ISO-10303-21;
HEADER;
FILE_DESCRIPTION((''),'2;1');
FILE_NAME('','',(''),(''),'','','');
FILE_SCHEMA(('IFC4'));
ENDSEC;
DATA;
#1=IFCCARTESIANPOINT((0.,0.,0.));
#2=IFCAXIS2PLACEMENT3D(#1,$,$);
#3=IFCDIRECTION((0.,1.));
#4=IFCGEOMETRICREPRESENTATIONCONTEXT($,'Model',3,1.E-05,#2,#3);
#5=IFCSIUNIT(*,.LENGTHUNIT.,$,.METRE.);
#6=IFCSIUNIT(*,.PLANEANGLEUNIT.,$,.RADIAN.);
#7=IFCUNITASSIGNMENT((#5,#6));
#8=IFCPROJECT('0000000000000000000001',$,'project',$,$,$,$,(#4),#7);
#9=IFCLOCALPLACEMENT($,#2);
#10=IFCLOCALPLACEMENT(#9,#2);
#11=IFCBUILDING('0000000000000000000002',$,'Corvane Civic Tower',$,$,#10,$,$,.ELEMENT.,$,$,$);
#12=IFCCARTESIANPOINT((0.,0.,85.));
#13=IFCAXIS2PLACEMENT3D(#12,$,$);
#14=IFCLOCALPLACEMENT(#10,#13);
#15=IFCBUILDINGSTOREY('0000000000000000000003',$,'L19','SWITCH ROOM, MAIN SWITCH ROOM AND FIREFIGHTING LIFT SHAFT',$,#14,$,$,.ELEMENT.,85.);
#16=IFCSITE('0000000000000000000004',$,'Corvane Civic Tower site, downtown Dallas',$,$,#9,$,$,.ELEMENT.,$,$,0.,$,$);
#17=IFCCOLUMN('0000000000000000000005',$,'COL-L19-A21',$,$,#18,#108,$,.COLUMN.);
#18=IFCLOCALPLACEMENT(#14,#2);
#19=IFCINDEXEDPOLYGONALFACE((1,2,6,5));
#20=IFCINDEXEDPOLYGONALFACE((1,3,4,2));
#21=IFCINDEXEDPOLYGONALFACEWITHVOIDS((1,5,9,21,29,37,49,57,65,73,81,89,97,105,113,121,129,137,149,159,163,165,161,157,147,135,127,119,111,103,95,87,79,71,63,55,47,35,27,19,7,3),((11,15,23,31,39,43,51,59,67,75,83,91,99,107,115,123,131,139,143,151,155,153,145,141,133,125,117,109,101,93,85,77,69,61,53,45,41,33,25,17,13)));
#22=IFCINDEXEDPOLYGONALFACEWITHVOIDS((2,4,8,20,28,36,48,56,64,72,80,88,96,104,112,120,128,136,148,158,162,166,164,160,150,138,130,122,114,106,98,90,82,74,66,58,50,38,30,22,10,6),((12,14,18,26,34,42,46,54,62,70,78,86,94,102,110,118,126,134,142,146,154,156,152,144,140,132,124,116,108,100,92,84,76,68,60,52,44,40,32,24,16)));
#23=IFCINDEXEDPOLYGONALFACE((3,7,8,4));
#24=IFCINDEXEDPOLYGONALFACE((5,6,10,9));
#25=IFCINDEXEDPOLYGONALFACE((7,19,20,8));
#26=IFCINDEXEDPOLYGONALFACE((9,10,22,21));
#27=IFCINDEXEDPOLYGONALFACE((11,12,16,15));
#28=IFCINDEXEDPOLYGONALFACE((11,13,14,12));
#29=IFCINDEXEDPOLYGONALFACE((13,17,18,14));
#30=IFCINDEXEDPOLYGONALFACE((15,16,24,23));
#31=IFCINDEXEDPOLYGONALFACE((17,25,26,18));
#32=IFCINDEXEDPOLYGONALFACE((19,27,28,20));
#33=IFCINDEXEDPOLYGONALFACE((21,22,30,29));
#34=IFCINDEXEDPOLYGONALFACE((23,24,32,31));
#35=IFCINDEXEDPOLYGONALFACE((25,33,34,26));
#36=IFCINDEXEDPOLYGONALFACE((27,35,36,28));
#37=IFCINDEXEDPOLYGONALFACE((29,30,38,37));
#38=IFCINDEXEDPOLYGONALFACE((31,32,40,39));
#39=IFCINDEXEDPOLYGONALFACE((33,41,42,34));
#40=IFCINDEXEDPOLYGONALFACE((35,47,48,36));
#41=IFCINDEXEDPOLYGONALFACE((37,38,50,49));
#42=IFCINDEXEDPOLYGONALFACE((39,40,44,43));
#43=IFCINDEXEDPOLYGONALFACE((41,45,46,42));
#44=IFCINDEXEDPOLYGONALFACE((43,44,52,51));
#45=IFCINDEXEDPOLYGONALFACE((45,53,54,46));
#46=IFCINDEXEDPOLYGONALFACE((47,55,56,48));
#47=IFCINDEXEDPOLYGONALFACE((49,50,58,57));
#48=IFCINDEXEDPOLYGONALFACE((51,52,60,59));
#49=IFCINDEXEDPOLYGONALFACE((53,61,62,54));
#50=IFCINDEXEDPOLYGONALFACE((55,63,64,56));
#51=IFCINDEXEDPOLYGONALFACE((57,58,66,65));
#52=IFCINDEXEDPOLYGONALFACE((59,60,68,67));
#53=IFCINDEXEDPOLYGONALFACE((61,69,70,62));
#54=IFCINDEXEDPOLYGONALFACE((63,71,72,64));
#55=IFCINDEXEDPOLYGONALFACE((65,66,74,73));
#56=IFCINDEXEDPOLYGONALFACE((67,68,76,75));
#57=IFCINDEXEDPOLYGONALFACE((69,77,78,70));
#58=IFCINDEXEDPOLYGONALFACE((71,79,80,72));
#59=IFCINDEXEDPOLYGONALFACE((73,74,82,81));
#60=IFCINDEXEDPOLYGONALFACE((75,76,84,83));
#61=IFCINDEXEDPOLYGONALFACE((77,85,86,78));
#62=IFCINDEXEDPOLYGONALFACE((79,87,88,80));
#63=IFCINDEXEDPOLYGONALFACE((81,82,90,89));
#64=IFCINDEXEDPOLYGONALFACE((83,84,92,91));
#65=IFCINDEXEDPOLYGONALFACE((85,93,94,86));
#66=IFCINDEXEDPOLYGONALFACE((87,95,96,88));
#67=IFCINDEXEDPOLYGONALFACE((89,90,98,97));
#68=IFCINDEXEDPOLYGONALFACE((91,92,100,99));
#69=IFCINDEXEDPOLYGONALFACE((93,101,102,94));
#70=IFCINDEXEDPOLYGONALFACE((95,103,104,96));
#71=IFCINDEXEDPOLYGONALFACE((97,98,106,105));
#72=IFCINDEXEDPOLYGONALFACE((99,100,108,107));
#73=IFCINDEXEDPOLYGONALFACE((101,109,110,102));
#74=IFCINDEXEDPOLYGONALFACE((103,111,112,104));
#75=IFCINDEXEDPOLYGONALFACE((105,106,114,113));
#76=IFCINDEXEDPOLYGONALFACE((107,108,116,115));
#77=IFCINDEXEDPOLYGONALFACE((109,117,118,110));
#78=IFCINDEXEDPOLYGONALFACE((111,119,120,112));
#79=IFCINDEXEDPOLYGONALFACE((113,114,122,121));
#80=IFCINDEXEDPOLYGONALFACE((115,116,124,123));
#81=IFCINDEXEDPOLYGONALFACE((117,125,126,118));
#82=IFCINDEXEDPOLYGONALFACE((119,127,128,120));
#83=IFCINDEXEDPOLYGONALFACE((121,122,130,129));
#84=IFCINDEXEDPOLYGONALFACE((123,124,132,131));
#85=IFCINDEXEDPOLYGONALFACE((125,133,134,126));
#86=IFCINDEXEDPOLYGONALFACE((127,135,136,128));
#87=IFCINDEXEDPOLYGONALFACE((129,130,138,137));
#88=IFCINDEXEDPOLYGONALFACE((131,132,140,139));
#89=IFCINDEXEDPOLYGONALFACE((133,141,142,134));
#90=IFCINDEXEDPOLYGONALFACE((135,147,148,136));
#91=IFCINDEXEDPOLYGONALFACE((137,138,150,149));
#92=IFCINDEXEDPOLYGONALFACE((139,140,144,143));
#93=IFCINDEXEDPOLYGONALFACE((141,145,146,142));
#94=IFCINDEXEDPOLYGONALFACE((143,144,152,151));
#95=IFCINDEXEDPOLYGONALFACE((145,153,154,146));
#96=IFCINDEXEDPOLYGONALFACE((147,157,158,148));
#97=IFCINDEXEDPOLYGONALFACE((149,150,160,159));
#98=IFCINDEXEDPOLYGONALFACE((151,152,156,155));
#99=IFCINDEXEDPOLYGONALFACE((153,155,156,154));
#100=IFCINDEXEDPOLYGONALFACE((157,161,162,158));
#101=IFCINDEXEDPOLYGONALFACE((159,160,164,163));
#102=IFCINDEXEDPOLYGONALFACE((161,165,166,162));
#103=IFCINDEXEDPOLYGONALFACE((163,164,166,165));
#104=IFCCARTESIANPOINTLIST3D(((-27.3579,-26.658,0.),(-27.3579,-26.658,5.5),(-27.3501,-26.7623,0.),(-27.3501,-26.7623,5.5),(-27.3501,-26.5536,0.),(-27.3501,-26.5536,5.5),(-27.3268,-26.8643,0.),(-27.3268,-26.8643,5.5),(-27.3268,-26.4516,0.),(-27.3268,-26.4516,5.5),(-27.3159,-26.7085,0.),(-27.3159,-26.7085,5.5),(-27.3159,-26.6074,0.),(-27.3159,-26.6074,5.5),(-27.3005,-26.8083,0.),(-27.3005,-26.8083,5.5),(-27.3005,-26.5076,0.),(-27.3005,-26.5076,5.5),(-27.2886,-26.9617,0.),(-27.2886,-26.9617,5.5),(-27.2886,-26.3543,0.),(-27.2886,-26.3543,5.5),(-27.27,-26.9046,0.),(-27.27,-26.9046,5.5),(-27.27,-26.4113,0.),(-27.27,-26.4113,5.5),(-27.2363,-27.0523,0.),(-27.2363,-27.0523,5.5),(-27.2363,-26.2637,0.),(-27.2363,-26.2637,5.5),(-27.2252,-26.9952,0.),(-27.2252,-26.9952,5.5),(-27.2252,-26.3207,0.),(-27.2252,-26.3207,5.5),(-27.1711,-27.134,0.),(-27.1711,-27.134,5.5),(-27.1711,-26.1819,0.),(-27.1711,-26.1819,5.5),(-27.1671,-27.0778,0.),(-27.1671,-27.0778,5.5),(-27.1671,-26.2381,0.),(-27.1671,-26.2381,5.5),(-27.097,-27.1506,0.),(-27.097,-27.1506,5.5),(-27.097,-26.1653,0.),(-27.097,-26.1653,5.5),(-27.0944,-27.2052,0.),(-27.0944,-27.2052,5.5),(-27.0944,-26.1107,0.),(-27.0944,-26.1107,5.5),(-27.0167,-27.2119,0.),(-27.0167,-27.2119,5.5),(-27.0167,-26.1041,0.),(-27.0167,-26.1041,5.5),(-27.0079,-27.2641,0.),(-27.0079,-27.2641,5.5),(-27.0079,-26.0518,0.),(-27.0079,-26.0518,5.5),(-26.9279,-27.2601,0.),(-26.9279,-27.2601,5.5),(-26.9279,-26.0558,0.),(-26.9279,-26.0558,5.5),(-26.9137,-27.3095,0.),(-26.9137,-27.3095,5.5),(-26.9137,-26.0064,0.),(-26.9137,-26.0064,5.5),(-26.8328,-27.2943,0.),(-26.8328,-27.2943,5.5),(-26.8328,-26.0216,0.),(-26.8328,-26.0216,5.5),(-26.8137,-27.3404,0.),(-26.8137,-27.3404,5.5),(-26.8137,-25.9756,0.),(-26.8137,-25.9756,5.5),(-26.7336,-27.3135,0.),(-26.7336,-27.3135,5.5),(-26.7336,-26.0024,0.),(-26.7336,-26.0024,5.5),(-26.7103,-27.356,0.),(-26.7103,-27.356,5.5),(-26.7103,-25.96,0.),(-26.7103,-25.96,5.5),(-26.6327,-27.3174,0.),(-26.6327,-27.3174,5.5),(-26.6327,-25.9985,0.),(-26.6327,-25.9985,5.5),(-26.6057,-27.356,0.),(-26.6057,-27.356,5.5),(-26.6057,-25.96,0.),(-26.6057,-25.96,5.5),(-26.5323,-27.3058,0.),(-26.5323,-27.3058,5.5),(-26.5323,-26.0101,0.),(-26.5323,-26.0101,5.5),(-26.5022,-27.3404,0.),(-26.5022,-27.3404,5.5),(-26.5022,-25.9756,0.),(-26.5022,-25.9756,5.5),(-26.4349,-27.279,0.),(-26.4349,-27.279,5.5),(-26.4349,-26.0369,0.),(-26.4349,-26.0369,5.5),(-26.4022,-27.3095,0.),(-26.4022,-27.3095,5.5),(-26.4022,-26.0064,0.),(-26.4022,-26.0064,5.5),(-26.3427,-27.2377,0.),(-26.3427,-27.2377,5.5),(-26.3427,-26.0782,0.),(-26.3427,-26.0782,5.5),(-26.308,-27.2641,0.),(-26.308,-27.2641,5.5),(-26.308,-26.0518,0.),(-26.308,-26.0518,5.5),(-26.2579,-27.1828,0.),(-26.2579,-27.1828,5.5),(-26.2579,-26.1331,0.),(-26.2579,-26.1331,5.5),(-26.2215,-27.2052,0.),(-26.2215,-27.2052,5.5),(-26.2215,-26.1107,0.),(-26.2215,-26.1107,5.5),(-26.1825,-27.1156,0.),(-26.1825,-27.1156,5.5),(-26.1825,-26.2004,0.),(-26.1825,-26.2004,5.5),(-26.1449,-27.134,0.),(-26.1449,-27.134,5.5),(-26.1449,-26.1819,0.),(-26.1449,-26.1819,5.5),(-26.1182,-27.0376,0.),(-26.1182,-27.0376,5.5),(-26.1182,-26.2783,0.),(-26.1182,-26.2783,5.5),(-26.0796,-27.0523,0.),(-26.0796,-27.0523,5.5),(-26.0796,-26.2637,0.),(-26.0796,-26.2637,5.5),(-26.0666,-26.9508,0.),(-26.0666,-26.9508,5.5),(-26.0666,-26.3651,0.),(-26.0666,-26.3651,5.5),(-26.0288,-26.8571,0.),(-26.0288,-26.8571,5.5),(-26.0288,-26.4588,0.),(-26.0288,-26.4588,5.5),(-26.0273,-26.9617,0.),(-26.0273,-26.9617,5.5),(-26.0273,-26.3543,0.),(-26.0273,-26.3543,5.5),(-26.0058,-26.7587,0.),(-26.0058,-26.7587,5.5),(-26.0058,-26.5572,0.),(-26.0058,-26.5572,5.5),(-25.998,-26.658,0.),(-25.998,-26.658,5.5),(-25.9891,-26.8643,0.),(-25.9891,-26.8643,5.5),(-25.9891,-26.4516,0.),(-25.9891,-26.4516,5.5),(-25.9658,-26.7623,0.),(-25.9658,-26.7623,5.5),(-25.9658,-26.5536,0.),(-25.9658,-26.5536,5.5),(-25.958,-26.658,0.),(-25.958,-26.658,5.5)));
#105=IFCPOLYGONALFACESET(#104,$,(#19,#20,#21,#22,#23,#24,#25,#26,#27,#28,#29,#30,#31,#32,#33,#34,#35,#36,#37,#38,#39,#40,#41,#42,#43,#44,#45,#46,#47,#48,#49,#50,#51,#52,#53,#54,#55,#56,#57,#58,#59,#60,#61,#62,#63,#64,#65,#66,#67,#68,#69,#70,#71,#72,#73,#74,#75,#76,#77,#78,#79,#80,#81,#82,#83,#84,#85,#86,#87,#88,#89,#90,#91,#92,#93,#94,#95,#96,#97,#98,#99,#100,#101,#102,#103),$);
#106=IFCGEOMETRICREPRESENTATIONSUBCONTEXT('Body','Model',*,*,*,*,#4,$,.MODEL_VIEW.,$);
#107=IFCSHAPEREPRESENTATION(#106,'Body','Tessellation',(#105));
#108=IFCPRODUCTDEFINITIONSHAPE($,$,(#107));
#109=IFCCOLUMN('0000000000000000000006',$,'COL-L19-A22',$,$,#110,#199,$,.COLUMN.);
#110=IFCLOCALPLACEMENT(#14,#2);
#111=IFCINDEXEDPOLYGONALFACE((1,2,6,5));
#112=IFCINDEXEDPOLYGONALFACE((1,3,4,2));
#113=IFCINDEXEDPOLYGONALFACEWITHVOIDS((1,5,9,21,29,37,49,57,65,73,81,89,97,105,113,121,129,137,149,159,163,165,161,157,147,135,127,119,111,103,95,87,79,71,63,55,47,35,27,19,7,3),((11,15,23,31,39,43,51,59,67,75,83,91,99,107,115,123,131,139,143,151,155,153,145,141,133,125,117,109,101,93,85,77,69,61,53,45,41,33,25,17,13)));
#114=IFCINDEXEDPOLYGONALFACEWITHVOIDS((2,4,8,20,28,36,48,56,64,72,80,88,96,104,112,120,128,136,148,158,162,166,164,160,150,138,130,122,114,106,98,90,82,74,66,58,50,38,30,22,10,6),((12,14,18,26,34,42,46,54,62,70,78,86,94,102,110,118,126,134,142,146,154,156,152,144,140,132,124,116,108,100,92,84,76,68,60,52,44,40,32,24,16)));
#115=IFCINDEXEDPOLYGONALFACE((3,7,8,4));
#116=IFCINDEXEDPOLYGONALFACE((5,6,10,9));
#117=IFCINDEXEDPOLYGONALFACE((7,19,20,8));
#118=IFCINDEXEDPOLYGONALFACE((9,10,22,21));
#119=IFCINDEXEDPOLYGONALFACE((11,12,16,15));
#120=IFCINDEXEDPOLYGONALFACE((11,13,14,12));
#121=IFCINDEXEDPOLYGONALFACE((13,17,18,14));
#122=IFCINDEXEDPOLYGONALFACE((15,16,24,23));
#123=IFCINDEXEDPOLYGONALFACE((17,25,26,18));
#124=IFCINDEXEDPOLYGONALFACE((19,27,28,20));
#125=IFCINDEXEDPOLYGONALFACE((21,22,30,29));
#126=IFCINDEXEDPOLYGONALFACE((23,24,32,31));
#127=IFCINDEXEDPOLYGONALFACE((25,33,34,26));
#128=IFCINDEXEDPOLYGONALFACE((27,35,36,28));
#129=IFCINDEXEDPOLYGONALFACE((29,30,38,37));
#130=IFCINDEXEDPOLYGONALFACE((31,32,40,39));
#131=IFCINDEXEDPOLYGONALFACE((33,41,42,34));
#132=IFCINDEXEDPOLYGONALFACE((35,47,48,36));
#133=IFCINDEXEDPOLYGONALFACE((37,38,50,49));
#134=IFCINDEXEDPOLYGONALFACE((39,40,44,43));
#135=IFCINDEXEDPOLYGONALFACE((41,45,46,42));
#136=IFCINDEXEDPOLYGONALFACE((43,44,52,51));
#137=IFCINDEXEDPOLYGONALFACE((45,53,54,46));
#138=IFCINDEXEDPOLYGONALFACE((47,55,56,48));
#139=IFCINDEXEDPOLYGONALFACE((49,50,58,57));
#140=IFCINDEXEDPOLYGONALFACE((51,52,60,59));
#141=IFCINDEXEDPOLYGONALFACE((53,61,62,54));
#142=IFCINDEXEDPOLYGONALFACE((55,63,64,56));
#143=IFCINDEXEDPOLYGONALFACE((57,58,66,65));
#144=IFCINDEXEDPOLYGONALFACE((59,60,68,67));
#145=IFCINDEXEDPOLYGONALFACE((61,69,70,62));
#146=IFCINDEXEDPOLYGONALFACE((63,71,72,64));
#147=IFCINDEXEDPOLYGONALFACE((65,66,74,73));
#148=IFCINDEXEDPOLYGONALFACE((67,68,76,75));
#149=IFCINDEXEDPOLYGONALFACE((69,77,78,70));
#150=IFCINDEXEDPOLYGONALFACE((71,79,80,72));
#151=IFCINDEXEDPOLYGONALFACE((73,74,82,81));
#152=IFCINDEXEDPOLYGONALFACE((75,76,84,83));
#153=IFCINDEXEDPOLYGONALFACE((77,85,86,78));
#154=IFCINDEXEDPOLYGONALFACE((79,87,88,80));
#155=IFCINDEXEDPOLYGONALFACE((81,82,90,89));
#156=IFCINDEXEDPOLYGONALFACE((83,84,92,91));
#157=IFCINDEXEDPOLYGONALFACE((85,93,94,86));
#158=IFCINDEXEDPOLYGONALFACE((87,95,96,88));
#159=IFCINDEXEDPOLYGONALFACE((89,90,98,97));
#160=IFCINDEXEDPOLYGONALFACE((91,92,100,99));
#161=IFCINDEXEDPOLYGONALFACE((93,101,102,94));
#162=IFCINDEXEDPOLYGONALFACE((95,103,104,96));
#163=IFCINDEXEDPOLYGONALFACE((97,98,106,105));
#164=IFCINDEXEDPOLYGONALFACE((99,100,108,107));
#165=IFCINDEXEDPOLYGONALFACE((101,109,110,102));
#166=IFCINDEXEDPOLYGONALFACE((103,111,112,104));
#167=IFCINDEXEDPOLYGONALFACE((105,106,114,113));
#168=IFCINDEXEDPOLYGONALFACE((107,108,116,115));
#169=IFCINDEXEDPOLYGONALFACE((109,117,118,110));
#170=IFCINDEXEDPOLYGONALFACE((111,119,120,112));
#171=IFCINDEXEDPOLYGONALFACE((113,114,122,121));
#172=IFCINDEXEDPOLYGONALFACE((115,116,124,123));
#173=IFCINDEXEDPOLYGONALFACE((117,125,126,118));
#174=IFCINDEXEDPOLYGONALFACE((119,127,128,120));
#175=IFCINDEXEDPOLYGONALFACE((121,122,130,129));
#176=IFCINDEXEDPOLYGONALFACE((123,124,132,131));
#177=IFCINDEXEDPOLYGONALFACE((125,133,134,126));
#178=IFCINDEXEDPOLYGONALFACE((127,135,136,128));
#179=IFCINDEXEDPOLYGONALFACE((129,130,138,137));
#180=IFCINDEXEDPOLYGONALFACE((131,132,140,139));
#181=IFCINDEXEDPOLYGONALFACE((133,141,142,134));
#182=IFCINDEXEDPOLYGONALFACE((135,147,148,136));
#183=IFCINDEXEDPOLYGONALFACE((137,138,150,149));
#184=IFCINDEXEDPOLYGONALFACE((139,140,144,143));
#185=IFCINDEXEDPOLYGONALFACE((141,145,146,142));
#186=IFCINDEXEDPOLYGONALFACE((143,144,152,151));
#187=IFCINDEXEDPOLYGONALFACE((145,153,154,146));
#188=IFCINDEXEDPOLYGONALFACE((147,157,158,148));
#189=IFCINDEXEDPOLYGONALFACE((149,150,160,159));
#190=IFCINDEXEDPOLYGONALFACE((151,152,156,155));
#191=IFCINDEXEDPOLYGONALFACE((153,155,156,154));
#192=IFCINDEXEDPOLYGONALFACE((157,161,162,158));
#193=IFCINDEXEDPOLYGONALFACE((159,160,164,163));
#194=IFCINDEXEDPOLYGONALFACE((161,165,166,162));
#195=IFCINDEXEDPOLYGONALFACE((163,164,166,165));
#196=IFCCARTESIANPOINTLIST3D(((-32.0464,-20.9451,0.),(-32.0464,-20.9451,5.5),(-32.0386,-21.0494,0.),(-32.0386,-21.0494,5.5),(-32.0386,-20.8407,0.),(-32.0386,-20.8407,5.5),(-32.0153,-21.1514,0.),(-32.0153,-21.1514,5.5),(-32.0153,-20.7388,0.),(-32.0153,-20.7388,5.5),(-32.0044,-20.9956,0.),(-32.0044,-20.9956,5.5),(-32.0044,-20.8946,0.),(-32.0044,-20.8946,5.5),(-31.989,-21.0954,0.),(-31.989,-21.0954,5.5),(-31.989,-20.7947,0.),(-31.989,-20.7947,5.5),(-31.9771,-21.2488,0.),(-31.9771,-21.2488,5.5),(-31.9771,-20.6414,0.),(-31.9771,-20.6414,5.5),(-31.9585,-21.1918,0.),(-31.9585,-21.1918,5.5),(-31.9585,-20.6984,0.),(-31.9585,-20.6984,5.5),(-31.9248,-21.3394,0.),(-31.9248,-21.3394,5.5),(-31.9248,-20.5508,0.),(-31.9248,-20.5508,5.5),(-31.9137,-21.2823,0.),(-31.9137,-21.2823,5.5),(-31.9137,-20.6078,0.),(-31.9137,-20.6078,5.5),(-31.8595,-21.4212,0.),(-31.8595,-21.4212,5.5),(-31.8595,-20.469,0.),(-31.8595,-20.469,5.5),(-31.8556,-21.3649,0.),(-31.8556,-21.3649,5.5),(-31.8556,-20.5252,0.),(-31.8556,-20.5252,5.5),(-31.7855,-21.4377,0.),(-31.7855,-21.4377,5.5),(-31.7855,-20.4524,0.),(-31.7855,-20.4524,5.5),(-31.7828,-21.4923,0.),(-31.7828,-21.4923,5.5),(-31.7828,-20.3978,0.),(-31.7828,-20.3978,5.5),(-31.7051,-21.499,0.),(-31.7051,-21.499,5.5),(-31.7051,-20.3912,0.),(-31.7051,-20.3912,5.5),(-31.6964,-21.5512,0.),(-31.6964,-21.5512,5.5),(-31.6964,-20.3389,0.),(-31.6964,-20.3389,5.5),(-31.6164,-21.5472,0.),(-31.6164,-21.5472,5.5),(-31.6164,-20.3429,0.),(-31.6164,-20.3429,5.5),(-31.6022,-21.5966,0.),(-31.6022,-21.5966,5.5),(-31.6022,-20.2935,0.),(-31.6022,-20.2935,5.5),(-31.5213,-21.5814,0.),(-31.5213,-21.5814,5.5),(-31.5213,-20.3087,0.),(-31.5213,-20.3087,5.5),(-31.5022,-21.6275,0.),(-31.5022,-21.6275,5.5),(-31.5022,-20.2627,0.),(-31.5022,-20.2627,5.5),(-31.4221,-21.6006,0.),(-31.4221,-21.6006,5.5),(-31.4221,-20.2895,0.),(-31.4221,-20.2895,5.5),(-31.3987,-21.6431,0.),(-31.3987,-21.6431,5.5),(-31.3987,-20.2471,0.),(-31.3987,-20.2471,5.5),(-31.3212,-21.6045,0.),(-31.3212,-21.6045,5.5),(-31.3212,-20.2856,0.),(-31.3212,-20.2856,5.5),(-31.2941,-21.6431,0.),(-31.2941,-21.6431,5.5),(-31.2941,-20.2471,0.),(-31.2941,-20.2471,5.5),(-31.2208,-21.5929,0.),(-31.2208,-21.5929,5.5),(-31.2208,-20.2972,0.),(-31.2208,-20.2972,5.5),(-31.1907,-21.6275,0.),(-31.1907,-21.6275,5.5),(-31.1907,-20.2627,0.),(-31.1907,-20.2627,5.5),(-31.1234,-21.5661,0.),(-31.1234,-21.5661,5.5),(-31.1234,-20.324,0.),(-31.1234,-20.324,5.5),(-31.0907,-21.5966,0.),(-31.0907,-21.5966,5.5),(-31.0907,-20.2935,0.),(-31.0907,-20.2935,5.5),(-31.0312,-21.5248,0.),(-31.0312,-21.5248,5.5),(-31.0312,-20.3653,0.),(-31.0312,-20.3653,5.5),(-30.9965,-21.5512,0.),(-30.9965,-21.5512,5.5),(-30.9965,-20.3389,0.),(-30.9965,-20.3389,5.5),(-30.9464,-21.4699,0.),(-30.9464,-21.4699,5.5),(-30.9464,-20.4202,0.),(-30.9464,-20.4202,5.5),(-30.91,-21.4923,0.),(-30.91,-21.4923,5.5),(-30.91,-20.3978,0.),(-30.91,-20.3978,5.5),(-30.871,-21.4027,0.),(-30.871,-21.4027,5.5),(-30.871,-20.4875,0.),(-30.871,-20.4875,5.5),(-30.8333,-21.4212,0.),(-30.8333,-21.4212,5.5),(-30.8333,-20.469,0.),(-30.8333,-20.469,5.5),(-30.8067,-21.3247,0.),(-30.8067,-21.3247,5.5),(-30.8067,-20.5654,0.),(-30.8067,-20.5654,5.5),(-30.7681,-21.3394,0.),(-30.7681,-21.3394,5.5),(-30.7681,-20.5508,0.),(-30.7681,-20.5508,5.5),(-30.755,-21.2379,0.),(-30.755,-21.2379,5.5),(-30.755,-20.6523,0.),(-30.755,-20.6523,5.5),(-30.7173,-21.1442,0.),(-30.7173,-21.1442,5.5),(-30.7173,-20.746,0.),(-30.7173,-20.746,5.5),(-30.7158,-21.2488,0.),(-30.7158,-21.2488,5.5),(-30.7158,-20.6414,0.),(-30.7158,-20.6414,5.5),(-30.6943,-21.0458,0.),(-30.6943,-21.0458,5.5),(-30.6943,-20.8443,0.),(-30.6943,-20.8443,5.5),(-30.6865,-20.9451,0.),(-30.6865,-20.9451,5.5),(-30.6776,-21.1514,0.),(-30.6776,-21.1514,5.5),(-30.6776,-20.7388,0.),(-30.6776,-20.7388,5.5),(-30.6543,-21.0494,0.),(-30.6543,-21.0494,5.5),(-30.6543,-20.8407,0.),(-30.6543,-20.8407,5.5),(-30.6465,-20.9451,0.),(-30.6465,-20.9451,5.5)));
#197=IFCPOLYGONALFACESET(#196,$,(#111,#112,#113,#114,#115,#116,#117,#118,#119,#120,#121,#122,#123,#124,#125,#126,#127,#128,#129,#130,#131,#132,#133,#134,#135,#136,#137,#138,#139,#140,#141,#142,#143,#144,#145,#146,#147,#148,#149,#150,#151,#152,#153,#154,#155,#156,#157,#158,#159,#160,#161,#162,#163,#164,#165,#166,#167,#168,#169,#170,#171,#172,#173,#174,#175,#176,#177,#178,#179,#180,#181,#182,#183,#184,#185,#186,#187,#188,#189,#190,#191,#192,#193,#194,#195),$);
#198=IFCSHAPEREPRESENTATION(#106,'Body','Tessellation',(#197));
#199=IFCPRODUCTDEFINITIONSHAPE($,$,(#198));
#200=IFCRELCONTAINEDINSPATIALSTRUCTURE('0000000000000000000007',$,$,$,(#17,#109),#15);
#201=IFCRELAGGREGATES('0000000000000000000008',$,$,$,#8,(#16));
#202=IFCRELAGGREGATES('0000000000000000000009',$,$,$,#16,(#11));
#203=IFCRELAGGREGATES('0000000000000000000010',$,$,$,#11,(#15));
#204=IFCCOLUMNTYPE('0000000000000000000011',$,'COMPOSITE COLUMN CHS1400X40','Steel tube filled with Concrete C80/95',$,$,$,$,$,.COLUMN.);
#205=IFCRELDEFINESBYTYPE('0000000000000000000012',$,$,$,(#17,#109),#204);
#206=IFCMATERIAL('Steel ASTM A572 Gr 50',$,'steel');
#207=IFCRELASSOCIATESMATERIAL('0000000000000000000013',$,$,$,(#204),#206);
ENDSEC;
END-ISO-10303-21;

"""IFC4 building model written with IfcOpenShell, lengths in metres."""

from ifc_helpers import new_model, si_unit, direction, frame, origin, origin_2d, place, context, subcontext, project, spatial, hollow_circle, extrude, material, material_profile, profile_set, type_object, element, save


model = new_model("IFC4")

# Units and contexts
model_context = context("Model", 3, precision=1e-05, world=origin(), true_north=direction((0.0, 1.0)))
body_context = subcontext(model_context, "Body", "Model", "MODEL_VIEW")
ifc_project = project(units=[si_unit("LENGTHUNIT", "METRE"), si_unit("PLANEANGLEUNIT", "RADIAN")], contexts=[model_context])

# Site, building, storey
site_placement = place(None, origin())
site = spatial("IfcSite", under=ifc_project, at=site_placement, Name="Corvane Civic Tower site, downtown Dallas", CompositionType="ELEMENT", RefElevation=0.0)
building_placement = place(site_placement, origin())
building = spatial("IfcBuilding", under=site, at=building_placement, Name="Corvane Civic Tower", CompositionType="ELEMENT")
storey_placement = place(building_placement, frame((0.0, 0.0, 85.0)))
storey = spatial("IfcBuildingStorey", under=building, at=storey_placement, Name="L19", Description="SWITCH ROOM, MAIN SWITCH ROOM AND FIREFIGHTING LIFT SHAFT", CompositionType="ELEMENT", Elevation=85.0)

# Columns
ifc_material_1 = material(Name="Steel ASTM A572 Gr 50", Category="steel")
ifc_material_profile_1 = material_profile(ifc_material_1, hollow_circle(Radius=0.7, WallThickness=0.04, at=origin_2d()), Name="CHS1400X40")
ifc_profile_set_1 = profile_set([ifc_material_profile_1], Name="Steel ASTM A572 Gr 50")
column_type = type_object("IfcColumnType", Name="COMPOSITE COLUMN CHS1400X40", Description="Steel tube filled with Concrete C80/95", PredefinedType="COLUMN", material=ifc_profile_set_1)
for number, where, z_axis, x_axis, name in (
    (1, (-26.658, -26.658, 0.0), (0.0, 0.0, 1.0), (1.0, 0.0, 0.0), "COL-L19-A21"),
    (2, (-31.3464, -20.9451, 0.0), (0.0, 0.0, 1.0), (1.0, 0.0, 0.0), "COL-L19-A22"),
):
    element("IfcColumn", number, at=place(storey_placement, frame(where, z_axis=z_axis, x_axis=x_axis)), inside=storey, type_object=column_type, Name=name, PredefinedType="COLUMN", context=body_context, shape_type="SweptSolid", body=[
        extrude(hollow_circle(Radius=0.7, WallThickness=0.04, at=origin_2d()), origin(), (0.0, 0.0, 1.0), 5.5),
    ])

save(model, "model.ifc")
